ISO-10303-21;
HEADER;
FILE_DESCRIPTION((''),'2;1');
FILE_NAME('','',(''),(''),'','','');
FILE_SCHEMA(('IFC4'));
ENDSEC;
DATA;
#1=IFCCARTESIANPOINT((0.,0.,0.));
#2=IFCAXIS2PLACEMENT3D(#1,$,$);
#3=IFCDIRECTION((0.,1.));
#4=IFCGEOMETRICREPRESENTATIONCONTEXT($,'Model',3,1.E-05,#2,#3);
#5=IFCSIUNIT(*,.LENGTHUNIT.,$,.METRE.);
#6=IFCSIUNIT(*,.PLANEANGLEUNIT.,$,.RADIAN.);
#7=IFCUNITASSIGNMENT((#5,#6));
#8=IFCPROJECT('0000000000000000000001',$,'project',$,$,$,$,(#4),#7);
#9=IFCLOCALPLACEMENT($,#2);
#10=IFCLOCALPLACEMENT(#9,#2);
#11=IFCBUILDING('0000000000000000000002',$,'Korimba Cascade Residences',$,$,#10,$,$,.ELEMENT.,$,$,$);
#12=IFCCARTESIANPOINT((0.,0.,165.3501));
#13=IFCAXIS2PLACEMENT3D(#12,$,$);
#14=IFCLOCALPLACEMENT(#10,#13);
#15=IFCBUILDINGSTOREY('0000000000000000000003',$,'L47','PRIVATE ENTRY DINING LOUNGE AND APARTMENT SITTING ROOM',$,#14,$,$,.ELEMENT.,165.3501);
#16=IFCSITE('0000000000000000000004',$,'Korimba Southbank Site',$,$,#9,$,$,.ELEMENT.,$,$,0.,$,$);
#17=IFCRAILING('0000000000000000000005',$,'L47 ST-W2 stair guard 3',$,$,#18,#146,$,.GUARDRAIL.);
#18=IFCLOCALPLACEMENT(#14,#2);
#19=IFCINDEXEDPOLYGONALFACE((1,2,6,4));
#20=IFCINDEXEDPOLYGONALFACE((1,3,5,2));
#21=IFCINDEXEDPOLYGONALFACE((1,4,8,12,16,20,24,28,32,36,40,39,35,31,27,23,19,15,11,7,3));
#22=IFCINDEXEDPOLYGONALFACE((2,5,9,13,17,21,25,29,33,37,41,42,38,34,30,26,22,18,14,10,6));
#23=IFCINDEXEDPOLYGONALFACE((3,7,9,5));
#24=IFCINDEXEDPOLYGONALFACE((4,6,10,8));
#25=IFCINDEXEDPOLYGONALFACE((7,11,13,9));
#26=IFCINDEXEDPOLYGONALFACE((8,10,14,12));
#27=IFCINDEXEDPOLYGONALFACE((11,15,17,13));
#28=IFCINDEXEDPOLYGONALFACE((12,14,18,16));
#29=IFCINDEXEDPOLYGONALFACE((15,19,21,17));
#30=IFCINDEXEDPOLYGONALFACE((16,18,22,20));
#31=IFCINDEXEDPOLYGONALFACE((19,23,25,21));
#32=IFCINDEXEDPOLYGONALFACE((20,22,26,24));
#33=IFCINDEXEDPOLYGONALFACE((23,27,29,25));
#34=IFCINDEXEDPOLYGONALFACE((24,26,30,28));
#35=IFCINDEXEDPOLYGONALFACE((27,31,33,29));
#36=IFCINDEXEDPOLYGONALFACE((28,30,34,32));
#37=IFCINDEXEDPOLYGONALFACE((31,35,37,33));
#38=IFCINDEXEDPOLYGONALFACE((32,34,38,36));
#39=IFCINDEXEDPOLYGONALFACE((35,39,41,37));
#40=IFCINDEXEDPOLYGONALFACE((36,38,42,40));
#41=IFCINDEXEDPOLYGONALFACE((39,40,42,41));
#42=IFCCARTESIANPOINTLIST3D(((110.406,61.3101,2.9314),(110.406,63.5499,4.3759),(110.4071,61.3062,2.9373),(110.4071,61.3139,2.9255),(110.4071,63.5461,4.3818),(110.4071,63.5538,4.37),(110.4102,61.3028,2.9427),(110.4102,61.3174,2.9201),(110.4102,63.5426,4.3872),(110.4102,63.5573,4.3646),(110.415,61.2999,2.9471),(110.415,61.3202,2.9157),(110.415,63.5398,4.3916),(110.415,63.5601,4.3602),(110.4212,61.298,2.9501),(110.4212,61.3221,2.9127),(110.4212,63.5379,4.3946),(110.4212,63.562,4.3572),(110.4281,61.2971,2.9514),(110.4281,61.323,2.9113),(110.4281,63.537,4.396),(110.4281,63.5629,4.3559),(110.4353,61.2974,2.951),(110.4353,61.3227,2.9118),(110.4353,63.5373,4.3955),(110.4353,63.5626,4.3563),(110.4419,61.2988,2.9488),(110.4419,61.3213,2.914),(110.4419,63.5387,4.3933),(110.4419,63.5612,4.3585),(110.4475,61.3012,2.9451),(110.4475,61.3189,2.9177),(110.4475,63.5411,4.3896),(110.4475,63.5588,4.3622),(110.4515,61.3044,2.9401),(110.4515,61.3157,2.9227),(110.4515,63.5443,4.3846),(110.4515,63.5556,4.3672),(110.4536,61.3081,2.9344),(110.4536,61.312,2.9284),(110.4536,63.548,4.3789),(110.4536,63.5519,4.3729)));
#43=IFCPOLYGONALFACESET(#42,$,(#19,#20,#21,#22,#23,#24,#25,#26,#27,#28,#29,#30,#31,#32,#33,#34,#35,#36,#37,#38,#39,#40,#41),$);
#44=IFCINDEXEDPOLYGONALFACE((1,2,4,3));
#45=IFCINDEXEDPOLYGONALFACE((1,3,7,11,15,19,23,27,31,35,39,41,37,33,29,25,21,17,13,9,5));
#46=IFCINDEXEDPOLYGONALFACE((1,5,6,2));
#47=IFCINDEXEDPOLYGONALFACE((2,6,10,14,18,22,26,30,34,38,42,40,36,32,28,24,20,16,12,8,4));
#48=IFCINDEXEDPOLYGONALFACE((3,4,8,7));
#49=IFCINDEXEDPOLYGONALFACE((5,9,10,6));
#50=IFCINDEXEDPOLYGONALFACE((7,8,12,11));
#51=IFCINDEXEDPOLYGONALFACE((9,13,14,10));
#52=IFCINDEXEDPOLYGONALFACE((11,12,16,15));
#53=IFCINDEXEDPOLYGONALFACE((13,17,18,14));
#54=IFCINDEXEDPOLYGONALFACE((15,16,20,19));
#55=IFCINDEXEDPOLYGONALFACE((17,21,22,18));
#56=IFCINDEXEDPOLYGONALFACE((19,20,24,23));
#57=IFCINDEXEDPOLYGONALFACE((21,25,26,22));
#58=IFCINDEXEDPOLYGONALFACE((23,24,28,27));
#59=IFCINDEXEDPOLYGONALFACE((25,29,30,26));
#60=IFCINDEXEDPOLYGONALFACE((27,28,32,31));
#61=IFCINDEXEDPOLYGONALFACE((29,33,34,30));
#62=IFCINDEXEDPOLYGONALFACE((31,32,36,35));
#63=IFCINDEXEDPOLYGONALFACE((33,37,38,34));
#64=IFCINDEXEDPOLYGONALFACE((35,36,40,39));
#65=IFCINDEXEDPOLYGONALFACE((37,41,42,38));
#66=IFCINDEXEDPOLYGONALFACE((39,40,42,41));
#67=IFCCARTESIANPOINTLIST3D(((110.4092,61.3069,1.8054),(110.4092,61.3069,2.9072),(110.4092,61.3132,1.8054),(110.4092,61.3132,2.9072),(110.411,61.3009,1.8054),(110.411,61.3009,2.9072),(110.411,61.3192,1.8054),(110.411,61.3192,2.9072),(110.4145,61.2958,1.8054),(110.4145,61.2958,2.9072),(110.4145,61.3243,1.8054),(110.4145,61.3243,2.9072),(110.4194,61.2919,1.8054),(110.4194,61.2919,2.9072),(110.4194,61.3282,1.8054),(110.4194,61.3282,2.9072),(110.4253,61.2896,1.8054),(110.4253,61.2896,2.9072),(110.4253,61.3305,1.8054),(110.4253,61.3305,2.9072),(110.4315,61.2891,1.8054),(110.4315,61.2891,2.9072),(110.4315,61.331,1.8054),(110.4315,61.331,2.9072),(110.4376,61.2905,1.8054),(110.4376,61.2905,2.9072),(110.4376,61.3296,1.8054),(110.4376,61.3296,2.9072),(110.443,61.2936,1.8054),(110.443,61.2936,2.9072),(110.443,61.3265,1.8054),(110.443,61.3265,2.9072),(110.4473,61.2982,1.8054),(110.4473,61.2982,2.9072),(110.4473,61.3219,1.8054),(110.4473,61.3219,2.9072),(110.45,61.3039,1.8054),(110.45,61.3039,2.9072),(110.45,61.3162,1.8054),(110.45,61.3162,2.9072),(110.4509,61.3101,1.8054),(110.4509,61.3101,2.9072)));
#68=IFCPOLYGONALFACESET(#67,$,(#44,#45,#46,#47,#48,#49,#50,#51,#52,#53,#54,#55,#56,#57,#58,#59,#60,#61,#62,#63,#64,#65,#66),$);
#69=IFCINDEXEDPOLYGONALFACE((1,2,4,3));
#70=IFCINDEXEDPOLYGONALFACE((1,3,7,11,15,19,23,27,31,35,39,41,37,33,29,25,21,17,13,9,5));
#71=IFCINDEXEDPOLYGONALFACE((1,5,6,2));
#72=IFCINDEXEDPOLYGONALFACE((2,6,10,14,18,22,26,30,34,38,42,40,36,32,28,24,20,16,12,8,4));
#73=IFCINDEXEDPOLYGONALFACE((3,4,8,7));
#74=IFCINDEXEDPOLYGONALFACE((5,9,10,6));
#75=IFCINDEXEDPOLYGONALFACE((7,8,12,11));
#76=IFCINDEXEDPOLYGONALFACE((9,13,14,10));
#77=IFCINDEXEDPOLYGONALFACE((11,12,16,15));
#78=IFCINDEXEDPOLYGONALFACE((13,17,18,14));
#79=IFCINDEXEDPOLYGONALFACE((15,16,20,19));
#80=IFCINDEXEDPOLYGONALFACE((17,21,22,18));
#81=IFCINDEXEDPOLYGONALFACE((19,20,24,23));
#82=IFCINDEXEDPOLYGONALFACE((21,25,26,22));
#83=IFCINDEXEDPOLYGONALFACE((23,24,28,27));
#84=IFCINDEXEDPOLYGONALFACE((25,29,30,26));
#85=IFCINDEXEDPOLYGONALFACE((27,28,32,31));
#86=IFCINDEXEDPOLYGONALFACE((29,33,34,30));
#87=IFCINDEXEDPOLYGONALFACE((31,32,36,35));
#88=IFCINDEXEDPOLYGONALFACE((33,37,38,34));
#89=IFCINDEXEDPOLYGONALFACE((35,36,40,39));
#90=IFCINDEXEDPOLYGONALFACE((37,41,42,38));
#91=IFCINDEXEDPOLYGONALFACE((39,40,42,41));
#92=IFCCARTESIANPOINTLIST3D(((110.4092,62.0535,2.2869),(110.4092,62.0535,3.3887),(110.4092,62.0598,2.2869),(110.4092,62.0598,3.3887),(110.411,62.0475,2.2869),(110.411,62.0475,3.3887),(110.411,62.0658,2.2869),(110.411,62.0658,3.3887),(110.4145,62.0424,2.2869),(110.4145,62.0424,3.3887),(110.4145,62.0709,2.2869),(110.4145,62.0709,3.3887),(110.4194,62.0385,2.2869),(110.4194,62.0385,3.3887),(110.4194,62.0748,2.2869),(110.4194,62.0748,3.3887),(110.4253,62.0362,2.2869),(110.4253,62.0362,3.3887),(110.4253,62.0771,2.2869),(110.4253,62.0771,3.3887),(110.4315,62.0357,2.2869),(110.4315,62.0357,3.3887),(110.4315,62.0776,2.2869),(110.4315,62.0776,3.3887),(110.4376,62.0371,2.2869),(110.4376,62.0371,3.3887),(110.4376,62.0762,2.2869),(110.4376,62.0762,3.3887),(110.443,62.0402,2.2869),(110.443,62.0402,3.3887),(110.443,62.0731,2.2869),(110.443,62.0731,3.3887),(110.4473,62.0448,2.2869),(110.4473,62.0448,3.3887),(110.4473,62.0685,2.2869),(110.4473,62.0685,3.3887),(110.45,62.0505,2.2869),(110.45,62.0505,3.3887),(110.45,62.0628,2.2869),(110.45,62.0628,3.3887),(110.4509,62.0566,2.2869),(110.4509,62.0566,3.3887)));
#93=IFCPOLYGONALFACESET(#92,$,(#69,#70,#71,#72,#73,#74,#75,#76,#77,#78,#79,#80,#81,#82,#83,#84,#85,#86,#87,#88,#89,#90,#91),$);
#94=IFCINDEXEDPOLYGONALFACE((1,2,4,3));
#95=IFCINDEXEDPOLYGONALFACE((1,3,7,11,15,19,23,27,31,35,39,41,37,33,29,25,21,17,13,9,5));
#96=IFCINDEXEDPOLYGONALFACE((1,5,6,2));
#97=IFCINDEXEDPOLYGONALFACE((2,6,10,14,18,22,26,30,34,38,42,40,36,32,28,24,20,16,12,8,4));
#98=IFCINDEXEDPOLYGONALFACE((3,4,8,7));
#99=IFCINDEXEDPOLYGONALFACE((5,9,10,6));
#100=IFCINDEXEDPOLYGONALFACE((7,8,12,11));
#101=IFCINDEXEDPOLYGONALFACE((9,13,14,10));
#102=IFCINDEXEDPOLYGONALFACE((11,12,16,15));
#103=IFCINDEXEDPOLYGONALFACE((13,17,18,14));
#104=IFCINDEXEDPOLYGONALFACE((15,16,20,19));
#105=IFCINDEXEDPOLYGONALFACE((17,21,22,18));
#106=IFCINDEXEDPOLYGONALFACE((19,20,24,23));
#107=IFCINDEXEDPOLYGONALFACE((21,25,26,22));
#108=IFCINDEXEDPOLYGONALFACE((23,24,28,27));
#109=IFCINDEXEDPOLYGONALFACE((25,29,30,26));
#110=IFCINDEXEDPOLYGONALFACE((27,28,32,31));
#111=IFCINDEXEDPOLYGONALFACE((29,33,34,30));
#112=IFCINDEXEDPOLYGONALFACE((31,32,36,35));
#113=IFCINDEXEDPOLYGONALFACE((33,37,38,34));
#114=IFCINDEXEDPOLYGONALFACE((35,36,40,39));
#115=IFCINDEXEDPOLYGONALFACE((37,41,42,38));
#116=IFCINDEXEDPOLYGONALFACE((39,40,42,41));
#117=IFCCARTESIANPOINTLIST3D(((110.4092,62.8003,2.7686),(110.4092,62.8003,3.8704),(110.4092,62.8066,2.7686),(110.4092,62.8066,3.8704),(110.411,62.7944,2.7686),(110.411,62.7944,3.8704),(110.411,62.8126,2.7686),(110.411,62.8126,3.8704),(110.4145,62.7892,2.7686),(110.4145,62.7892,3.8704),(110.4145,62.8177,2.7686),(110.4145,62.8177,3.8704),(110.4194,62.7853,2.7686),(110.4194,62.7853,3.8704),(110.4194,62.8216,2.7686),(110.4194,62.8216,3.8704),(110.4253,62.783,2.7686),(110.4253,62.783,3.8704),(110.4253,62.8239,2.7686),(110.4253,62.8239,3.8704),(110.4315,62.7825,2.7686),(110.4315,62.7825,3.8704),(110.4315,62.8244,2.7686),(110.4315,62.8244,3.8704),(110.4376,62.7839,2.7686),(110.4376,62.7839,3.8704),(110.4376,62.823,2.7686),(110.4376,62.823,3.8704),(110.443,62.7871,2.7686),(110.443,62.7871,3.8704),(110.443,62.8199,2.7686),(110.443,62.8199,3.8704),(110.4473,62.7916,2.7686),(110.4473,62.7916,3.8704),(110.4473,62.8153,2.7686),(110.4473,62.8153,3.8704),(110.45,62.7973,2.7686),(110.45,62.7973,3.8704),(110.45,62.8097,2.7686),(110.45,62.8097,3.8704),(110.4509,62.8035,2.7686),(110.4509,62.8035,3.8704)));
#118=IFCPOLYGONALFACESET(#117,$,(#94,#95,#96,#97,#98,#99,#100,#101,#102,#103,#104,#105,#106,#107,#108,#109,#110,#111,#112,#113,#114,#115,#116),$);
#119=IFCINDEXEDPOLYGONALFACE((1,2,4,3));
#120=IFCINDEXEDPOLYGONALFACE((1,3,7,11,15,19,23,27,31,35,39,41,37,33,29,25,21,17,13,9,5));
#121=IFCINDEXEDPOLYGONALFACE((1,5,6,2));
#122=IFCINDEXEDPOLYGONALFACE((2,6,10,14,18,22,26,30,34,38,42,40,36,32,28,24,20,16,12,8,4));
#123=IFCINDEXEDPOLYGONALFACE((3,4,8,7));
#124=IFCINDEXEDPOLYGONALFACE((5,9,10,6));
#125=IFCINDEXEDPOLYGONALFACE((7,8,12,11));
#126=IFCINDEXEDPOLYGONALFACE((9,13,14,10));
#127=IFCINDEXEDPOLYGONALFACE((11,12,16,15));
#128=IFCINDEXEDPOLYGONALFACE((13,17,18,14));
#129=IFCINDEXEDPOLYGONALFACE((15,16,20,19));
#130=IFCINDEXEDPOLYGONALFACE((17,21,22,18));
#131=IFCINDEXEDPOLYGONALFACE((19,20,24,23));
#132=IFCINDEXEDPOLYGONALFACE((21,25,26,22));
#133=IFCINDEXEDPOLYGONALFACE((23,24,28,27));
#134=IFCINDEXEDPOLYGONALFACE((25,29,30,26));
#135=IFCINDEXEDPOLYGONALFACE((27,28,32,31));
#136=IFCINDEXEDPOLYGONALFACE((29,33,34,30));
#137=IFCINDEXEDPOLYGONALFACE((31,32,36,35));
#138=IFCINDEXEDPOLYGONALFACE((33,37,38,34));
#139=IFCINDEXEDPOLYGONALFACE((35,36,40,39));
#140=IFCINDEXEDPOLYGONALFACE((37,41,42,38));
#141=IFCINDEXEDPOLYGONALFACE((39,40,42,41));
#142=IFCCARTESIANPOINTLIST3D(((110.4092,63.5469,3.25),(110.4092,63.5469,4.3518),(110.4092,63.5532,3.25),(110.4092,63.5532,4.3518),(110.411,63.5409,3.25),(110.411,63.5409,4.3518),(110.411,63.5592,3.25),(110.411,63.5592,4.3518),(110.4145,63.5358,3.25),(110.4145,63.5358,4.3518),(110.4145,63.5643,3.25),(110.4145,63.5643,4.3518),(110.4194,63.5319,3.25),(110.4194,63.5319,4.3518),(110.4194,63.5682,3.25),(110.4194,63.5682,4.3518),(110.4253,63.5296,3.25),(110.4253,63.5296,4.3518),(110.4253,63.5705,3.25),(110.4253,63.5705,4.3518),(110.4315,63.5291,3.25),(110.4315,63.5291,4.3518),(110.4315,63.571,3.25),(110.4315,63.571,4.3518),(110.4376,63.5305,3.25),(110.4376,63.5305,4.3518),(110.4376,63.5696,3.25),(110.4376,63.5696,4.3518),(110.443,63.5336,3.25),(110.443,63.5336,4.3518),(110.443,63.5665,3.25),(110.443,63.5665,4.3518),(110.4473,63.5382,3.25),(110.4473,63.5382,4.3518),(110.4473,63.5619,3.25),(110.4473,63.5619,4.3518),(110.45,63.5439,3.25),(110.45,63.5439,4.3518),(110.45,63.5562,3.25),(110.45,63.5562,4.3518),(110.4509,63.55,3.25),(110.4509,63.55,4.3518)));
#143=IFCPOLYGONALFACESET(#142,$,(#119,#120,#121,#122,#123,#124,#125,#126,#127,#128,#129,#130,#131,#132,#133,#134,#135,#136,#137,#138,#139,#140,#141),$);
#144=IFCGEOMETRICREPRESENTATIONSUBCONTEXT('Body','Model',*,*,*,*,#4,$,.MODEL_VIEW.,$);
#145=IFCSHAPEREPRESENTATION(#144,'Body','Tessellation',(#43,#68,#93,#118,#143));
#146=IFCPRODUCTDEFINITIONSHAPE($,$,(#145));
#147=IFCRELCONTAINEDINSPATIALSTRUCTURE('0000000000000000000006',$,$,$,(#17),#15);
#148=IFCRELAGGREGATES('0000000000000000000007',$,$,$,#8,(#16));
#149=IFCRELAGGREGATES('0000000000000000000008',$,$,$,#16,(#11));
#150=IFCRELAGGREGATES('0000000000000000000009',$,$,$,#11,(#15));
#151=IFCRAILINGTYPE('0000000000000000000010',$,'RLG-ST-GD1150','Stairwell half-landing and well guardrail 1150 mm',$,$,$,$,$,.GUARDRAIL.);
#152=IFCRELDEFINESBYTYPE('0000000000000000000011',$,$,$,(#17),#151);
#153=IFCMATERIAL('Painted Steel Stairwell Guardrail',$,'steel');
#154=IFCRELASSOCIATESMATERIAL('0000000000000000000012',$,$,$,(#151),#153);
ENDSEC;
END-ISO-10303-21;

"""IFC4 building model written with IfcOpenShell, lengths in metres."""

from ifc_helpers import new_model, si_unit, direction, frame, origin, origin_2d, place, context, subcontext, project, spatial, circle, extrude, material, type_object, element, save


model = new_model("IFC4")

# Units and contexts
model_context = context("Model", 3, precision=1e-05, world=origin(), true_north=direction((0.0, 1.0)))
body_context = subcontext(model_context, "Body", "Model", "MODEL_VIEW")
ifc_project = project(units=[si_unit("LENGTHUNIT", "METRE"), si_unit("PLANEANGLEUNIT", "RADIAN")], contexts=[model_context])

# Site, building, storey
site_placement = place(None, origin())
site = spatial("IfcSite", under=ifc_project, at=site_placement, Name="Korimba Southbank Site", CompositionType="ELEMENT", RefElevation=0.0)
building_placement = place(site_placement, origin())
building = spatial("IfcBuilding", under=site, at=building_placement, Name="Korimba Cascade Residences", CompositionType="ELEMENT")
storey_placement = place(building_placement, frame((0.0, 0.0, 165.3501)))
storey = spatial("IfcBuildingStorey", under=building, at=storey_placement, Name="L47", Description="PRIVATE ENTRY DINING LOUNGE AND APARTMENT SITTING ROOM", CompositionType="ELEMENT", Elevation=165.3501)

# Railing
ifc_material_1 = material(Name="Painted Steel Stairwell Guardrail", Category="steel")
railing_type_1 = type_object("IfcRailingType", Name="RLG-ST-GD1150", Description="Stairwell half-landing and well guardrail 1150 mm", PredefinedType="GUARDRAIL", material=ifc_material_1)
railing_1_placement = place(storey_placement, frame((110.4299, 61.3101, 1.8054)))
element("IfcRailing", 1, at=railing_1_placement, inside=storey, type_object=railing_type_1, Name="L47 ST-W2 stair guard 3", PredefinedType="GUARDRAIL", context=body_context, shape_type="SweptSolid", body=[
    extrude(circle(Radius=0.0239, at=origin_2d()), frame((0.0, 0.0, 1.126), z_axis=(0.0, 0.840395, 0.541975), x_axis=(-1.0, 0.0, 0.0)), (0.0, 0.0, 1.0), 2.6653),
    extrude(circle(Radius=0.021, at=origin_2d()), origin(), (0.0, 0.0, 1.0), 1.1018),
    extrude(circle(Radius=0.021, at=origin_2d()), frame((0.0, 0.7466, 0.4814)), (0.0, 0.0, 1.0), 1.1018),
    extrude(circle(Radius=0.021, at=origin_2d()), frame((0.0, 1.4934, 0.9631)), (0.0, 0.0, 1.0), 1.1018),
    extrude(circle(Radius=0.021, at=origin_2d()), frame((0.0, 2.24, 1.4446)), (0.0, 0.0, 1.0), 1.1018),
])

save(model, "model.ifc")
